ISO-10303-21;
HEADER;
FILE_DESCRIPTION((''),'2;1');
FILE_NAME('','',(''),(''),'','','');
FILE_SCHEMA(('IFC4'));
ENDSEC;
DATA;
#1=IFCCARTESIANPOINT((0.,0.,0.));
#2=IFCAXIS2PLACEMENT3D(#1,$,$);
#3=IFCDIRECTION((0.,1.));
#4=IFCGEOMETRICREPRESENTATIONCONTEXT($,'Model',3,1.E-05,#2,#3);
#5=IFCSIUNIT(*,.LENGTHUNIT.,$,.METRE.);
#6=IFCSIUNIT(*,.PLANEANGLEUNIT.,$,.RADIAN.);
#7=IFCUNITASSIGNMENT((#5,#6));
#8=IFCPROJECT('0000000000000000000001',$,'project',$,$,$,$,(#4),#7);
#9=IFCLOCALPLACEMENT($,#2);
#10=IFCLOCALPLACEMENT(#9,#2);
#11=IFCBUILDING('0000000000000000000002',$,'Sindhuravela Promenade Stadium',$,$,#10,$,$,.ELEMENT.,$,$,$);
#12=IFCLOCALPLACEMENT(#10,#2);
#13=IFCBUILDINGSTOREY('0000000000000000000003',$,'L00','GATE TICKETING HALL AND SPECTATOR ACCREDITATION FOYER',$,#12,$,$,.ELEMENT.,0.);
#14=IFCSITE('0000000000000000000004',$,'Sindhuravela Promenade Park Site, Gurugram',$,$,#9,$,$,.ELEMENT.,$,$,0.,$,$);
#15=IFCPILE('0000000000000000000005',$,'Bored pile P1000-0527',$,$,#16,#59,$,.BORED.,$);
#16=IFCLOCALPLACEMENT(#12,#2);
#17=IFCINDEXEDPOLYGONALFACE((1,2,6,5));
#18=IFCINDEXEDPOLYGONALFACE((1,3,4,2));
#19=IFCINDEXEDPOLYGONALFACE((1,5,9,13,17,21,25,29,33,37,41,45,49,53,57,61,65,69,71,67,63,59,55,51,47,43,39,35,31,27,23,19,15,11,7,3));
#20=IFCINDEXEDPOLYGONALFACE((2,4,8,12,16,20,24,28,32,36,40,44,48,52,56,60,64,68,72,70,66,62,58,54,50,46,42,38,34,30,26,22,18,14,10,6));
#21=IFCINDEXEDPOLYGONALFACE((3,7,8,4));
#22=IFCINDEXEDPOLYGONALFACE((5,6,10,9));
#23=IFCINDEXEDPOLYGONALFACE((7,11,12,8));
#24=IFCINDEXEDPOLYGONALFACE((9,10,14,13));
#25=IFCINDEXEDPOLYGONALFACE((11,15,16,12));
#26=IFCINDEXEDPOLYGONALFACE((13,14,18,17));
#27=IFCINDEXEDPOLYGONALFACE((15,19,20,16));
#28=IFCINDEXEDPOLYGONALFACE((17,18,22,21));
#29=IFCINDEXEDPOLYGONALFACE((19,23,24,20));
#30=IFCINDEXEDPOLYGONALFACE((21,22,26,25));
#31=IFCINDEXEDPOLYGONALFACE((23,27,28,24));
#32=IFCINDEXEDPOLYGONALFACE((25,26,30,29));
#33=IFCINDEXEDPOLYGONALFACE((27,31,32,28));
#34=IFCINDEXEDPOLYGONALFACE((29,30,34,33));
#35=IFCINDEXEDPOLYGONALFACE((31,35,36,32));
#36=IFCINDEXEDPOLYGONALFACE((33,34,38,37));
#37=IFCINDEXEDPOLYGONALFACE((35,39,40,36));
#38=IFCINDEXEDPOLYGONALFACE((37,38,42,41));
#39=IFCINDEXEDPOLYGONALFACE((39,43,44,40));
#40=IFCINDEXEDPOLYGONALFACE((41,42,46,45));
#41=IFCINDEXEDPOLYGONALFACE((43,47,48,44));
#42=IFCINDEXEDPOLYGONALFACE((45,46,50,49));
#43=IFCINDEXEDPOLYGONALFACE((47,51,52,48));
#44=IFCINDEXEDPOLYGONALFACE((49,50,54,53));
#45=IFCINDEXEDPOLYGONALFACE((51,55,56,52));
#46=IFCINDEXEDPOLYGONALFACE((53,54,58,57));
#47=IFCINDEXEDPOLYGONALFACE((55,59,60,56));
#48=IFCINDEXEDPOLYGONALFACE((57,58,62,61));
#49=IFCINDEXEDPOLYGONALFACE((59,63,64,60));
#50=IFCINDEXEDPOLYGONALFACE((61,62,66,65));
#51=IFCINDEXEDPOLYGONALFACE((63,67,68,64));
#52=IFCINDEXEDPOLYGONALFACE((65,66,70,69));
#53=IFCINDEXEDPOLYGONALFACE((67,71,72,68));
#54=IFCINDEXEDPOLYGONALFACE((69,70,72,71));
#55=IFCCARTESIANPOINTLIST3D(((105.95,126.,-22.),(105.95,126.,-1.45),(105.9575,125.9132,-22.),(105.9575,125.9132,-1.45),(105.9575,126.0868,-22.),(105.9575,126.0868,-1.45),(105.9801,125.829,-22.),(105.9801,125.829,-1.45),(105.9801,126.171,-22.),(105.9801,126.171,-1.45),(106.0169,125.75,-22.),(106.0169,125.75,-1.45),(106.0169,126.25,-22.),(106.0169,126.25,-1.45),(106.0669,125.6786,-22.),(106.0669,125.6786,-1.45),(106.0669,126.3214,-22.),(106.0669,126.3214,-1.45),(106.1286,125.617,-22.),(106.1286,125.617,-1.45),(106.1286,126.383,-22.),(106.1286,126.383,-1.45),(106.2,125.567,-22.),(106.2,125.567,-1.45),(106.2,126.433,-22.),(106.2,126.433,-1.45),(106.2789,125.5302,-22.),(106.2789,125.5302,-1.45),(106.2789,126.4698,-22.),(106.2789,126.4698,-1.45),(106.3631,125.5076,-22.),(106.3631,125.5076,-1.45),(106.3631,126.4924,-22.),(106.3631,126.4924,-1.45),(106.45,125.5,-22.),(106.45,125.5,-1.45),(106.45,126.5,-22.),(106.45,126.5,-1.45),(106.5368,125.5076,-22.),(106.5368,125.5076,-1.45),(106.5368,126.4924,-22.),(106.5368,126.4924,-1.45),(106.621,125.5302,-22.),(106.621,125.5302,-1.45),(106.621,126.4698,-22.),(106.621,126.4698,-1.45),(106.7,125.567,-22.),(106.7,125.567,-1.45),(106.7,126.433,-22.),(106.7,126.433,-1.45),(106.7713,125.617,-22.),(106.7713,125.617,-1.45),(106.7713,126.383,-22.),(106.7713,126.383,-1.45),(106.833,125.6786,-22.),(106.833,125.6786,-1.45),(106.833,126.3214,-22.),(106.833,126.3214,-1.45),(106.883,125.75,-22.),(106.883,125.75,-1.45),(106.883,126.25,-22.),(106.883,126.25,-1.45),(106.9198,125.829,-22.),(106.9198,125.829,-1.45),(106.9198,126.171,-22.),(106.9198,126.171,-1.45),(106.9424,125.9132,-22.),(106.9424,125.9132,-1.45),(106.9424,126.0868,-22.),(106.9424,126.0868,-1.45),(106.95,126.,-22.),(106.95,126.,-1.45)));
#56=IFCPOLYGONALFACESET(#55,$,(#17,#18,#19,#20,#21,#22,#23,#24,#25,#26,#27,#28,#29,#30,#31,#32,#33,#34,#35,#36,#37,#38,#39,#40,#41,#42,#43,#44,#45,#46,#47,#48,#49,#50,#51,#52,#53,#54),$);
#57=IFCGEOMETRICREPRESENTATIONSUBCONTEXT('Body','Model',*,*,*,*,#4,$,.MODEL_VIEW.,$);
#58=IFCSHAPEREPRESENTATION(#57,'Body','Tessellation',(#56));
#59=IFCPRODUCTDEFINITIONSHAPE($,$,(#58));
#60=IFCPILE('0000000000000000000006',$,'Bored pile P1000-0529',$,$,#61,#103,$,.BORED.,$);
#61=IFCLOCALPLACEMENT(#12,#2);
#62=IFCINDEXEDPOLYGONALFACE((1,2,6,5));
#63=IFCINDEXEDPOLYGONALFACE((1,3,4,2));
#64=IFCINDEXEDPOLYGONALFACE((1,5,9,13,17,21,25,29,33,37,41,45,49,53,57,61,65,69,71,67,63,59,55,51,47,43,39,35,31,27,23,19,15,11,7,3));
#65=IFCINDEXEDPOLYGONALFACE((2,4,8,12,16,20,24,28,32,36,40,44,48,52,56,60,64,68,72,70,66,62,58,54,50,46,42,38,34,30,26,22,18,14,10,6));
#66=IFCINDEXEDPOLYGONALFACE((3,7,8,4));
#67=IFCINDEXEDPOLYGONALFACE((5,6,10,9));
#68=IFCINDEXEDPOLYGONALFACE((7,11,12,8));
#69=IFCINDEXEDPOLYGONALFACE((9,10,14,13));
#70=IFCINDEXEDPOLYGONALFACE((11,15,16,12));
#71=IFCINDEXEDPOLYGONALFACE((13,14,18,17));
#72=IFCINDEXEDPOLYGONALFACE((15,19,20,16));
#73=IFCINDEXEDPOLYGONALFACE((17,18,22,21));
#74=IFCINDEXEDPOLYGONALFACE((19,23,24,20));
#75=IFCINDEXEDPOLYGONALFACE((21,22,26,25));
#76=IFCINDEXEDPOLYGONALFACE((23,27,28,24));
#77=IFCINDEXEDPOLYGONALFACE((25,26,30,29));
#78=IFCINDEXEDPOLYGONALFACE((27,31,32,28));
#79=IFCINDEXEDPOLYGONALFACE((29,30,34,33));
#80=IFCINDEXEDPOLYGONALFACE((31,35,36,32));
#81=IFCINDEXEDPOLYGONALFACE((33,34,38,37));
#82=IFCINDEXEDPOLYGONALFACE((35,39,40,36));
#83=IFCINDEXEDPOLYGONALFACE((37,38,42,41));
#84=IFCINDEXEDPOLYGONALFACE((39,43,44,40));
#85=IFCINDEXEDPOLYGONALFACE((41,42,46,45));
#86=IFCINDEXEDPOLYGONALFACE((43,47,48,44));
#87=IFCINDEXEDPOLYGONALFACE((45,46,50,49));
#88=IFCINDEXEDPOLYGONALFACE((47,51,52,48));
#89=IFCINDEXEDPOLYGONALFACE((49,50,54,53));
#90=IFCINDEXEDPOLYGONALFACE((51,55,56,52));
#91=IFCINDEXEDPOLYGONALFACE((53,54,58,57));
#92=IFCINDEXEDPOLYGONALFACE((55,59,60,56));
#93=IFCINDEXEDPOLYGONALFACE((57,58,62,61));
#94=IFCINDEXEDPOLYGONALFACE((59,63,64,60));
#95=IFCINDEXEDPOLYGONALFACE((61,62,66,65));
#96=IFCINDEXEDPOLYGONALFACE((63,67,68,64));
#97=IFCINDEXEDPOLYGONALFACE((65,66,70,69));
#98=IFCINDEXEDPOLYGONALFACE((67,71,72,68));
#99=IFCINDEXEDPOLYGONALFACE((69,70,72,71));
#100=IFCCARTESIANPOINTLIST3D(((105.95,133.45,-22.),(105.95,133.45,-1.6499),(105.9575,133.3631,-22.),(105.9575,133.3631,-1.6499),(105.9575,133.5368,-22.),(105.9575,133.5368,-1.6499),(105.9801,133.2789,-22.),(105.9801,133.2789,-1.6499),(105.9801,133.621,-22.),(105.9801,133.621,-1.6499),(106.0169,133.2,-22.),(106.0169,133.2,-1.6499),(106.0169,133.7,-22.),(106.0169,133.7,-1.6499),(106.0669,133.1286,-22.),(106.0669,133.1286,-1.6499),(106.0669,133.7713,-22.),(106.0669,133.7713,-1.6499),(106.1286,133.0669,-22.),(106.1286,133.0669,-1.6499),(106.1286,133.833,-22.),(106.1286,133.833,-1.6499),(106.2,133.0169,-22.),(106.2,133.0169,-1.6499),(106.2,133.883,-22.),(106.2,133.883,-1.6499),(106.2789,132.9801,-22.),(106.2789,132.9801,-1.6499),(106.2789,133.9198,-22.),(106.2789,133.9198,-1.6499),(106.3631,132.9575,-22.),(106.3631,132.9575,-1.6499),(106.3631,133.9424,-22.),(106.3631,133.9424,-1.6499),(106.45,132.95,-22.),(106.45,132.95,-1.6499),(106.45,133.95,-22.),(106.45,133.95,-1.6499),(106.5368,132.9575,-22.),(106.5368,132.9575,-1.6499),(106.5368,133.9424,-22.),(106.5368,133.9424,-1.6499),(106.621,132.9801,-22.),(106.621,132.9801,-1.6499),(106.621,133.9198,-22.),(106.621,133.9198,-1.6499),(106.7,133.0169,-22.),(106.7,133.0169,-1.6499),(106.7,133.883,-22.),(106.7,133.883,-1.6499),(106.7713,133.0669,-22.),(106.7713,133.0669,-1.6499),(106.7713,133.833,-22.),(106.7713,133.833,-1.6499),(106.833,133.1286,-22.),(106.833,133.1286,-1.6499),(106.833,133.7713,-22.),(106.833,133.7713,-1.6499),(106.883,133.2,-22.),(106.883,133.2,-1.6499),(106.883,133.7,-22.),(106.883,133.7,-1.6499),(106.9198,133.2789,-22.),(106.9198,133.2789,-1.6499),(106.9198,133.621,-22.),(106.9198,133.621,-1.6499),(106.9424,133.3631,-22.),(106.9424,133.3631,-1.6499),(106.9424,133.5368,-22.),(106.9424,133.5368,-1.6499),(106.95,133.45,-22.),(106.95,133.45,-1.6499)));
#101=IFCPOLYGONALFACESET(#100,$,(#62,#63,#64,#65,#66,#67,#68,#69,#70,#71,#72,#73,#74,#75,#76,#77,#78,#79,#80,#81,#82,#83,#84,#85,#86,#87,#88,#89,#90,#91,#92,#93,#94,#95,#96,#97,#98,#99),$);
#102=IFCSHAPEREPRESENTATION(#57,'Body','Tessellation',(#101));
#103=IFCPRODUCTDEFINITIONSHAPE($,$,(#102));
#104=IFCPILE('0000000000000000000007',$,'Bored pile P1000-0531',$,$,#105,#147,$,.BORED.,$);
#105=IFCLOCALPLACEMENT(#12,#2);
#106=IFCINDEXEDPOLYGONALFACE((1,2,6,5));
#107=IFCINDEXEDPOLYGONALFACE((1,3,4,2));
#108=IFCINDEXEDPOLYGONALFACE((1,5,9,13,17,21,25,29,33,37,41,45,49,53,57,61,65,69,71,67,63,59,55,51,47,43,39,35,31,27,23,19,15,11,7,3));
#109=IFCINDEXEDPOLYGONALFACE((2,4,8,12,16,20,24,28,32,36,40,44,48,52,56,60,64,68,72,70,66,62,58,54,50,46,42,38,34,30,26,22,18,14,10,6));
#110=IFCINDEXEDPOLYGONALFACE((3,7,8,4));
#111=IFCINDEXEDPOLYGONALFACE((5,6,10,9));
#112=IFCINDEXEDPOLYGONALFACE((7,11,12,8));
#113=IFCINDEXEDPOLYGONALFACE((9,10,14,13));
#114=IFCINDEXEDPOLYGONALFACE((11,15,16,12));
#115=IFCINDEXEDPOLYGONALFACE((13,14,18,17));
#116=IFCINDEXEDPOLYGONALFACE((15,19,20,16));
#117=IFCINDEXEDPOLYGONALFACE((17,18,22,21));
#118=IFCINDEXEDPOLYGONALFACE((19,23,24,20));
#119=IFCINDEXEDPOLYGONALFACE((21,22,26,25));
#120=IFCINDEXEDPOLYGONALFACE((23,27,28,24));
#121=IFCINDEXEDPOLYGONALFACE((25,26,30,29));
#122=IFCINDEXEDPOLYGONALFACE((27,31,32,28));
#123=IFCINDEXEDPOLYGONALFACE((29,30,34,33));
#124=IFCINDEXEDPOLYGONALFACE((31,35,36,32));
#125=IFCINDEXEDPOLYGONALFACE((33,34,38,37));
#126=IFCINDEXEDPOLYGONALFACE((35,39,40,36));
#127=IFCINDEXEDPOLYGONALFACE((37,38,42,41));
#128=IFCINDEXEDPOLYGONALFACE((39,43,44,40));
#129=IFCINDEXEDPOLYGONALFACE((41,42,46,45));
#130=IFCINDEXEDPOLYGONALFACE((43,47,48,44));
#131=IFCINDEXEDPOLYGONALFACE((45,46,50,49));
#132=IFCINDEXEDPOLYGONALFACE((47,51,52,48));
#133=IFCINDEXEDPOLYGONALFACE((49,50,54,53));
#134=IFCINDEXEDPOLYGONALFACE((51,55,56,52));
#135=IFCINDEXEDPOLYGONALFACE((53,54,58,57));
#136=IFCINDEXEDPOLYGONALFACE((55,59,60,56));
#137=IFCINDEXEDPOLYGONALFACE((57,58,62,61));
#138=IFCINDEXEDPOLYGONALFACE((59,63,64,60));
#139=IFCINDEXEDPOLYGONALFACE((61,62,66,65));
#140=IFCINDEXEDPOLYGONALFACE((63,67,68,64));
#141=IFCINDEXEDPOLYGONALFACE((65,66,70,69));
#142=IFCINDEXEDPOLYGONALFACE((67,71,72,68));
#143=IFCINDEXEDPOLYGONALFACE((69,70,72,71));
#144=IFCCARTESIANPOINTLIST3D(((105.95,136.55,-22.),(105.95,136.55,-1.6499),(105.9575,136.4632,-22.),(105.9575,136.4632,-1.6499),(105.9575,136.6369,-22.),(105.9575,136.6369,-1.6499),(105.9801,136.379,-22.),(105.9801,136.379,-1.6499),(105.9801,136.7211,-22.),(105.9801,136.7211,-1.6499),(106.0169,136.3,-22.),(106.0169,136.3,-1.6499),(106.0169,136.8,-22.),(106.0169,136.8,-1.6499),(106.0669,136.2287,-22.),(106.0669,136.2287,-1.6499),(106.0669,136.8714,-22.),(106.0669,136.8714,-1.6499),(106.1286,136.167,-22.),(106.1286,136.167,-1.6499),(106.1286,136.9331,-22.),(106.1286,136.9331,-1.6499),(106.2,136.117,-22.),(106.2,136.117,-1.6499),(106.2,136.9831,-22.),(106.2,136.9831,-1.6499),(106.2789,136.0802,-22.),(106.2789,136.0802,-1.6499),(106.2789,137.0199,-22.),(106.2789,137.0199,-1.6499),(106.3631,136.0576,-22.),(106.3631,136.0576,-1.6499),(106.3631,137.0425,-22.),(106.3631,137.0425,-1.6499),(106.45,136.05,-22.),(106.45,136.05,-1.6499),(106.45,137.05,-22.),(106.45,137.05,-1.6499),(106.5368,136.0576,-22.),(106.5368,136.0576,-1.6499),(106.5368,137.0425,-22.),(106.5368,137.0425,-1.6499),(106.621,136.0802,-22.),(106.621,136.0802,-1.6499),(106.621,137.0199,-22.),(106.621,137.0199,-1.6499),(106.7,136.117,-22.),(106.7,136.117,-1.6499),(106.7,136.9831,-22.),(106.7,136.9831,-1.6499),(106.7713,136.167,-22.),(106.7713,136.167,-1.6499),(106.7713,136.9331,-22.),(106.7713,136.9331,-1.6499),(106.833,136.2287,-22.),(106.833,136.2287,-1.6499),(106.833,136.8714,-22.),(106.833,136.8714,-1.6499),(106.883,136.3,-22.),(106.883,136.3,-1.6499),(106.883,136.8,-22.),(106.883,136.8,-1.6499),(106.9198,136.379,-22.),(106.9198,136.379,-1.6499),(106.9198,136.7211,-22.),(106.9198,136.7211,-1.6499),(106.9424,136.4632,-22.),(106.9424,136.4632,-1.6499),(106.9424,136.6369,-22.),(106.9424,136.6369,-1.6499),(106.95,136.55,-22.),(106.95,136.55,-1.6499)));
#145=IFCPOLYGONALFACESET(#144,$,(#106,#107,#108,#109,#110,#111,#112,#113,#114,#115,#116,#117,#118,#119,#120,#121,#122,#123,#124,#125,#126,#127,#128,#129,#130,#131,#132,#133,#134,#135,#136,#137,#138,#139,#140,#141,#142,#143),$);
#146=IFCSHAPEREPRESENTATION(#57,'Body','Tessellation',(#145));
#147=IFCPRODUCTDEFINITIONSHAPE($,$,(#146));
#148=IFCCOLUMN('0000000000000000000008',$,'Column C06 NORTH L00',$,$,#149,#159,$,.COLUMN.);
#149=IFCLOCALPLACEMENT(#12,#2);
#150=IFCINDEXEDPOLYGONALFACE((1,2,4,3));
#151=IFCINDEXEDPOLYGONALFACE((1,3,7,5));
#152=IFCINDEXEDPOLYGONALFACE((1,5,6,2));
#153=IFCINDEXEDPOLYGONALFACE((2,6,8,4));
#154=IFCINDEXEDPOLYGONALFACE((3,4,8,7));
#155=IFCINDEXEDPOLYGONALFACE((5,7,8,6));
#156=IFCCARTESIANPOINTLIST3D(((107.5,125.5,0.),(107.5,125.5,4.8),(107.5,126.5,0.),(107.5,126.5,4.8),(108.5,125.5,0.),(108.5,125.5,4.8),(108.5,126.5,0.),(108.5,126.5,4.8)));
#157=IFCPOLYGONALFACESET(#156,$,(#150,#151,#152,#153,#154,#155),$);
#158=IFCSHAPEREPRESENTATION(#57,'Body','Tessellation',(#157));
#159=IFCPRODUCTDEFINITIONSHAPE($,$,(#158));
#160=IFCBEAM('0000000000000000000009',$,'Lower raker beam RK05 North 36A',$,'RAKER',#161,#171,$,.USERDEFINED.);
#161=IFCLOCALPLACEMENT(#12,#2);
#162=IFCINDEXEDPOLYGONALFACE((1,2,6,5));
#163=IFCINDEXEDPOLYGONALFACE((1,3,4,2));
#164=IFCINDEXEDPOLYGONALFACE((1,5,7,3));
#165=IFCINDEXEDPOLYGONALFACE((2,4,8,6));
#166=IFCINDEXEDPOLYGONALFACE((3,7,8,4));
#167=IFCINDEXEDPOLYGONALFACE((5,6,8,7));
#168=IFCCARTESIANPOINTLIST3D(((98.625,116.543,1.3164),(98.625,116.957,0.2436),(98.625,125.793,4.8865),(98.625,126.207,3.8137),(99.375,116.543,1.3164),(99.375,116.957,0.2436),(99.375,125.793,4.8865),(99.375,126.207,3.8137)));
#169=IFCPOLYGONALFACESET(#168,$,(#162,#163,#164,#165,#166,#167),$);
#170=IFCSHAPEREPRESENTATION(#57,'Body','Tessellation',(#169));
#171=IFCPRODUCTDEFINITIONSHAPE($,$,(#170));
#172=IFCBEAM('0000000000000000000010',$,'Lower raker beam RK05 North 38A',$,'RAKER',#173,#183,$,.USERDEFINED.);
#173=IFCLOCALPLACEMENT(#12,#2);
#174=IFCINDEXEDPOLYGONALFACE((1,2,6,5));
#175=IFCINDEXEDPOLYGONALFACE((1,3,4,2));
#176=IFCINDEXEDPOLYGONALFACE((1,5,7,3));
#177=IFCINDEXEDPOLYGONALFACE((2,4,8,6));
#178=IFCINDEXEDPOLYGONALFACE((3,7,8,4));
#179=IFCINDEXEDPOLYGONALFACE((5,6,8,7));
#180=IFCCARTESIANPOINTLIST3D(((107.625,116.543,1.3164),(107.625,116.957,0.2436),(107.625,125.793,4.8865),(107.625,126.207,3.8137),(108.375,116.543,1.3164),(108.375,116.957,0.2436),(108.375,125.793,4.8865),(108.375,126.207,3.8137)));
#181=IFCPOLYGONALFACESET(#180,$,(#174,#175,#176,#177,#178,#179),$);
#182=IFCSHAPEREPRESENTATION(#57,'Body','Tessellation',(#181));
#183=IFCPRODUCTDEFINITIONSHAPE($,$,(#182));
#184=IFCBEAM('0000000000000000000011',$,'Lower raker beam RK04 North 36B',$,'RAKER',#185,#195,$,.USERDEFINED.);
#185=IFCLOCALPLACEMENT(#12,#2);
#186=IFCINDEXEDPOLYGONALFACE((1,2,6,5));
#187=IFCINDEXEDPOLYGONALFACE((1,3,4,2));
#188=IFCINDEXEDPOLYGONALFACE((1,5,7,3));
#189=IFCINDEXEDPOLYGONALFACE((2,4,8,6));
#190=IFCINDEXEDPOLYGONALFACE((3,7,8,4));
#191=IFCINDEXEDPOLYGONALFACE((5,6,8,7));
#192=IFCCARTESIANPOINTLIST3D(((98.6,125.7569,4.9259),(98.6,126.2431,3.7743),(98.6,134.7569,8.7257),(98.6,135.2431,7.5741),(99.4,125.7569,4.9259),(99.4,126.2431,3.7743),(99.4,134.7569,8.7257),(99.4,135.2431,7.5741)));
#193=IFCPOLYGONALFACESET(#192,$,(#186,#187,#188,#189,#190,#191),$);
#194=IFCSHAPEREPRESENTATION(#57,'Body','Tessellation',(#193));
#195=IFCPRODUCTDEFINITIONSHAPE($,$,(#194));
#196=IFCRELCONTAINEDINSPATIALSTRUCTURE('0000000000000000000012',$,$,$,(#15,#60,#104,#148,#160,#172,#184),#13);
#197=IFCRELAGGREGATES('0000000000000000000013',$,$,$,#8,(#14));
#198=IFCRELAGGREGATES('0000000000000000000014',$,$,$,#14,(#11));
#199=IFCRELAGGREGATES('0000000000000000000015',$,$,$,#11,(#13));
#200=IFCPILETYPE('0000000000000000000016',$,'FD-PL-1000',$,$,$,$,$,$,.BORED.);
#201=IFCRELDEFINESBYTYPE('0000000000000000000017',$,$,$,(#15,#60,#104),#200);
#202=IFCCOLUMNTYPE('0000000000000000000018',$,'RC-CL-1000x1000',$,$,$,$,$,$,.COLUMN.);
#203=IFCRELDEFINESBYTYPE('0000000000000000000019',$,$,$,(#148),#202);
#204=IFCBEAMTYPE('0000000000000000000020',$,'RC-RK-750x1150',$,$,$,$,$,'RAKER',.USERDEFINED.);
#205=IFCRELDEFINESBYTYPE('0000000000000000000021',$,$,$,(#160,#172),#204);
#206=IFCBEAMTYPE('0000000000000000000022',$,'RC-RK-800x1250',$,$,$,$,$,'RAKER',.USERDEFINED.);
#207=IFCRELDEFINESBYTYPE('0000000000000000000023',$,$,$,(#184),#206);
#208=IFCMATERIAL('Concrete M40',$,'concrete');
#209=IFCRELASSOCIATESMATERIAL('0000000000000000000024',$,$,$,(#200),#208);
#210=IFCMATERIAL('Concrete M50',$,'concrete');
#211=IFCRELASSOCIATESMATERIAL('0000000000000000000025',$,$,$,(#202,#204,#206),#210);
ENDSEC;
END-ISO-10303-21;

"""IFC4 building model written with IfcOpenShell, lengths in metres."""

from ifc_helpers import new_model, si_unit, direction, frame, origin, origin_2d, place, context, subcontext, project, spatial, rectangle, circle, extrude, material, material_profile, profile_set, type_object, element, save


model = new_model("IFC4")

# Units and contexts
model_context = context("Model", 3, precision=1e-05, world=origin(), true_north=direction((0.0, 1.0)))
body_context = subcontext(model_context, "Body", "Model", "MODEL_VIEW")
ifc_project = project(units=[si_unit("LENGTHUNIT", "METRE"), si_unit("PLANEANGLEUNIT", "RADIAN")], contexts=[model_context])

# Site, building, storey
site_placement = place(None, origin())
site = spatial("IfcSite", under=ifc_project, at=site_placement, Name="Sindhuravela Promenade Park Site, Gurugram", CompositionType="ELEMENT", RefElevation=0.0)
building_placement = place(site_placement, origin())
building = spatial("IfcBuilding", under=site, at=building_placement, Name="Sindhuravela Promenade Stadium", CompositionType="ELEMENT")
storey_placement = place(building_placement, origin())
storey = spatial("IfcBuildingStorey", under=building, at=storey_placement, Name="L00", Description="GATE TICKETING HALL AND SPECTATOR ACCREDITATION FOYER", CompositionType="ELEMENT", Elevation=0.0)

# Shared definitions
ifc_material_1 = material(Name="Concrete M40", Category="concrete")
ifc_material_2 = material(Name="Concrete M50", Category="concrete")

# Piles
ifc_material_profile_1 = material_profile(ifc_material_1, circle(Radius=0.5, at=origin_2d()), Name="BORED PILE D1000")
ifc_profile_set_1 = profile_set([ifc_material_profile_1], Name="Concrete M40")
pile_type = type_object("IfcPileType", Name="FD-PL-1000", PredefinedType="BORED", material=ifc_profile_set_1)
pile_1_placement = place(storey_placement, frame((106.45, 126.0, -1.45), z_axis=(0.0, 0.0, -1.0), x_axis=(1.0, 0.0, 0.0)))
element("IfcPile", 1, at=pile_1_placement, inside=storey, type_object=pile_type, Name="Bored pile P1000-0527", PredefinedType="BORED", context=body_context, shape_type="SweptSolid", body=[
    extrude(circle(Radius=0.5, at=origin_2d()), origin(), (0.0, 0.0, 1.0), 20.55),
])
for number, where, z_axis, x_axis, name in (
    (2, (106.45, 133.45, -1.6499), (0.0, 0.0, -1.0), (1.0, 0.0, 0.0), "Bored pile P1000-0529"),
    (3, (106.45, 136.55, -1.6499), (0.0, 0.0, -1.0), (1.0, 0.0, 0.0), "Bored pile P1000-0531"),
):
    element("IfcPile", number, at=place(storey_placement, frame(where, z_axis=z_axis, x_axis=x_axis)), inside=storey, type_object=pile_type, Name=name, PredefinedType="BORED", context=body_context, shape_type="SweptSolid", body=[
        extrude(circle(Radius=0.5, at=origin_2d()), origin(), (0.0, 0.0, 1.0), 20.3501),
    ])

# Column
ifc_material_profile_2 = material_profile(ifc_material_2, rectangle(XDim=1.0, YDim=1.0, at=origin_2d()), Name="RC 1000x1000")
ifc_profile_set_2 = profile_set([ifc_material_profile_2], Name="Concrete M50")
column_type = type_object("IfcColumnType", Name="RC-CL-1000x1000", PredefinedType="COLUMN", material=ifc_profile_set_2)
column_placement = place(storey_placement, frame((108.0, 126.0, 0.0), z_axis=(0.0, 0.0, 1.0), x_axis=(1.0, 0.0, 0.0)))
element("IfcColumn", 4, at=column_placement, inside=storey, type_object=column_type, Name="Column C06 NORTH L00", PredefinedType="COLUMN", context=body_context, shape_type="SweptSolid", body=[
    extrude(rectangle(XDim=1.0, YDim=1.0, at=origin_2d()), origin(), (0.0, 0.0, 1.0), 4.8),
])

# Beams
ifc_material_profile_3 = material_profile(ifc_material_2, rectangle(XDim=0.75, YDim=1.1499, at=origin_2d()), Name="RC 750x1150")
ifc_profile_set_3 = profile_set([ifc_material_profile_3], Name="Concrete M50")
beam_type_1 = type_object("IfcBeamType", Name="RC-RK-750x1150", ElementType="RAKER", PredefinedType="USERDEFINED", material=ifc_profile_set_3)
for number, where, z_axis, x_axis, name in (
    (5, (99.0, 116.75, 0.78), (0.0, 0.932927, 0.360066), (-1.0, 0.0, 0.0), "Lower raker beam RK05 North 36A"),
    (6, (108.0, 116.75, 0.78), (0.0, 0.932927, 0.360066), (-1.0, 0.0, 0.0), "Lower raker beam RK05 North 38A"),
):
    element("IfcBeam", number, at=place(storey_placement, frame(where, z_axis=z_axis, x_axis=x_axis)), inside=storey, type_object=beam_type_1, Name=name, ObjectType="RAKER", PredefinedType="USERDEFINED", context=body_context, shape_type="SweptSolid", body=[
        extrude(rectangle(XDim=0.75, YDim=1.1499, at=origin_2d()), origin(), (0.0, 0.0, 1.0), 9.915),
    ])
ifc_material_profile_4 = material_profile(ifc_material_2, rectangle(XDim=0.8, YDim=1.25, at=origin_2d()), Name="RC 800x1250")
ifc_profile_set_4 = profile_set([ifc_material_profile_4], Name="Concrete M50")
beam_type_2 = type_object("IfcBeamType", Name="RC-RK-800x1250", ElementType="RAKER", PredefinedType="USERDEFINED", material=ifc_profile_set_4)
for number, where, z_axis, x_axis, name in (
    (7, (99.0, 126.0, 4.3501), (0.0, 0.921257, 0.388955), (-1.0, 0.0, 0.0), "Lower raker beam RK04 North 36B"),
):
    element("IfcBeam", number, at=place(storey_placement, frame(where, z_axis=z_axis, x_axis=x_axis)), inside=storey, type_object=beam_type_2, Name=name, ObjectType="RAKER", PredefinedType="USERDEFINED", context=body_context, shape_type="SweptSolid", body=[
        extrude(rectangle(XDim=0.8, YDim=1.25, at=origin_2d()), origin(), (0.0, 0.0, 1.0), 9.7693),
    ])

save(model, "model.ifc")
